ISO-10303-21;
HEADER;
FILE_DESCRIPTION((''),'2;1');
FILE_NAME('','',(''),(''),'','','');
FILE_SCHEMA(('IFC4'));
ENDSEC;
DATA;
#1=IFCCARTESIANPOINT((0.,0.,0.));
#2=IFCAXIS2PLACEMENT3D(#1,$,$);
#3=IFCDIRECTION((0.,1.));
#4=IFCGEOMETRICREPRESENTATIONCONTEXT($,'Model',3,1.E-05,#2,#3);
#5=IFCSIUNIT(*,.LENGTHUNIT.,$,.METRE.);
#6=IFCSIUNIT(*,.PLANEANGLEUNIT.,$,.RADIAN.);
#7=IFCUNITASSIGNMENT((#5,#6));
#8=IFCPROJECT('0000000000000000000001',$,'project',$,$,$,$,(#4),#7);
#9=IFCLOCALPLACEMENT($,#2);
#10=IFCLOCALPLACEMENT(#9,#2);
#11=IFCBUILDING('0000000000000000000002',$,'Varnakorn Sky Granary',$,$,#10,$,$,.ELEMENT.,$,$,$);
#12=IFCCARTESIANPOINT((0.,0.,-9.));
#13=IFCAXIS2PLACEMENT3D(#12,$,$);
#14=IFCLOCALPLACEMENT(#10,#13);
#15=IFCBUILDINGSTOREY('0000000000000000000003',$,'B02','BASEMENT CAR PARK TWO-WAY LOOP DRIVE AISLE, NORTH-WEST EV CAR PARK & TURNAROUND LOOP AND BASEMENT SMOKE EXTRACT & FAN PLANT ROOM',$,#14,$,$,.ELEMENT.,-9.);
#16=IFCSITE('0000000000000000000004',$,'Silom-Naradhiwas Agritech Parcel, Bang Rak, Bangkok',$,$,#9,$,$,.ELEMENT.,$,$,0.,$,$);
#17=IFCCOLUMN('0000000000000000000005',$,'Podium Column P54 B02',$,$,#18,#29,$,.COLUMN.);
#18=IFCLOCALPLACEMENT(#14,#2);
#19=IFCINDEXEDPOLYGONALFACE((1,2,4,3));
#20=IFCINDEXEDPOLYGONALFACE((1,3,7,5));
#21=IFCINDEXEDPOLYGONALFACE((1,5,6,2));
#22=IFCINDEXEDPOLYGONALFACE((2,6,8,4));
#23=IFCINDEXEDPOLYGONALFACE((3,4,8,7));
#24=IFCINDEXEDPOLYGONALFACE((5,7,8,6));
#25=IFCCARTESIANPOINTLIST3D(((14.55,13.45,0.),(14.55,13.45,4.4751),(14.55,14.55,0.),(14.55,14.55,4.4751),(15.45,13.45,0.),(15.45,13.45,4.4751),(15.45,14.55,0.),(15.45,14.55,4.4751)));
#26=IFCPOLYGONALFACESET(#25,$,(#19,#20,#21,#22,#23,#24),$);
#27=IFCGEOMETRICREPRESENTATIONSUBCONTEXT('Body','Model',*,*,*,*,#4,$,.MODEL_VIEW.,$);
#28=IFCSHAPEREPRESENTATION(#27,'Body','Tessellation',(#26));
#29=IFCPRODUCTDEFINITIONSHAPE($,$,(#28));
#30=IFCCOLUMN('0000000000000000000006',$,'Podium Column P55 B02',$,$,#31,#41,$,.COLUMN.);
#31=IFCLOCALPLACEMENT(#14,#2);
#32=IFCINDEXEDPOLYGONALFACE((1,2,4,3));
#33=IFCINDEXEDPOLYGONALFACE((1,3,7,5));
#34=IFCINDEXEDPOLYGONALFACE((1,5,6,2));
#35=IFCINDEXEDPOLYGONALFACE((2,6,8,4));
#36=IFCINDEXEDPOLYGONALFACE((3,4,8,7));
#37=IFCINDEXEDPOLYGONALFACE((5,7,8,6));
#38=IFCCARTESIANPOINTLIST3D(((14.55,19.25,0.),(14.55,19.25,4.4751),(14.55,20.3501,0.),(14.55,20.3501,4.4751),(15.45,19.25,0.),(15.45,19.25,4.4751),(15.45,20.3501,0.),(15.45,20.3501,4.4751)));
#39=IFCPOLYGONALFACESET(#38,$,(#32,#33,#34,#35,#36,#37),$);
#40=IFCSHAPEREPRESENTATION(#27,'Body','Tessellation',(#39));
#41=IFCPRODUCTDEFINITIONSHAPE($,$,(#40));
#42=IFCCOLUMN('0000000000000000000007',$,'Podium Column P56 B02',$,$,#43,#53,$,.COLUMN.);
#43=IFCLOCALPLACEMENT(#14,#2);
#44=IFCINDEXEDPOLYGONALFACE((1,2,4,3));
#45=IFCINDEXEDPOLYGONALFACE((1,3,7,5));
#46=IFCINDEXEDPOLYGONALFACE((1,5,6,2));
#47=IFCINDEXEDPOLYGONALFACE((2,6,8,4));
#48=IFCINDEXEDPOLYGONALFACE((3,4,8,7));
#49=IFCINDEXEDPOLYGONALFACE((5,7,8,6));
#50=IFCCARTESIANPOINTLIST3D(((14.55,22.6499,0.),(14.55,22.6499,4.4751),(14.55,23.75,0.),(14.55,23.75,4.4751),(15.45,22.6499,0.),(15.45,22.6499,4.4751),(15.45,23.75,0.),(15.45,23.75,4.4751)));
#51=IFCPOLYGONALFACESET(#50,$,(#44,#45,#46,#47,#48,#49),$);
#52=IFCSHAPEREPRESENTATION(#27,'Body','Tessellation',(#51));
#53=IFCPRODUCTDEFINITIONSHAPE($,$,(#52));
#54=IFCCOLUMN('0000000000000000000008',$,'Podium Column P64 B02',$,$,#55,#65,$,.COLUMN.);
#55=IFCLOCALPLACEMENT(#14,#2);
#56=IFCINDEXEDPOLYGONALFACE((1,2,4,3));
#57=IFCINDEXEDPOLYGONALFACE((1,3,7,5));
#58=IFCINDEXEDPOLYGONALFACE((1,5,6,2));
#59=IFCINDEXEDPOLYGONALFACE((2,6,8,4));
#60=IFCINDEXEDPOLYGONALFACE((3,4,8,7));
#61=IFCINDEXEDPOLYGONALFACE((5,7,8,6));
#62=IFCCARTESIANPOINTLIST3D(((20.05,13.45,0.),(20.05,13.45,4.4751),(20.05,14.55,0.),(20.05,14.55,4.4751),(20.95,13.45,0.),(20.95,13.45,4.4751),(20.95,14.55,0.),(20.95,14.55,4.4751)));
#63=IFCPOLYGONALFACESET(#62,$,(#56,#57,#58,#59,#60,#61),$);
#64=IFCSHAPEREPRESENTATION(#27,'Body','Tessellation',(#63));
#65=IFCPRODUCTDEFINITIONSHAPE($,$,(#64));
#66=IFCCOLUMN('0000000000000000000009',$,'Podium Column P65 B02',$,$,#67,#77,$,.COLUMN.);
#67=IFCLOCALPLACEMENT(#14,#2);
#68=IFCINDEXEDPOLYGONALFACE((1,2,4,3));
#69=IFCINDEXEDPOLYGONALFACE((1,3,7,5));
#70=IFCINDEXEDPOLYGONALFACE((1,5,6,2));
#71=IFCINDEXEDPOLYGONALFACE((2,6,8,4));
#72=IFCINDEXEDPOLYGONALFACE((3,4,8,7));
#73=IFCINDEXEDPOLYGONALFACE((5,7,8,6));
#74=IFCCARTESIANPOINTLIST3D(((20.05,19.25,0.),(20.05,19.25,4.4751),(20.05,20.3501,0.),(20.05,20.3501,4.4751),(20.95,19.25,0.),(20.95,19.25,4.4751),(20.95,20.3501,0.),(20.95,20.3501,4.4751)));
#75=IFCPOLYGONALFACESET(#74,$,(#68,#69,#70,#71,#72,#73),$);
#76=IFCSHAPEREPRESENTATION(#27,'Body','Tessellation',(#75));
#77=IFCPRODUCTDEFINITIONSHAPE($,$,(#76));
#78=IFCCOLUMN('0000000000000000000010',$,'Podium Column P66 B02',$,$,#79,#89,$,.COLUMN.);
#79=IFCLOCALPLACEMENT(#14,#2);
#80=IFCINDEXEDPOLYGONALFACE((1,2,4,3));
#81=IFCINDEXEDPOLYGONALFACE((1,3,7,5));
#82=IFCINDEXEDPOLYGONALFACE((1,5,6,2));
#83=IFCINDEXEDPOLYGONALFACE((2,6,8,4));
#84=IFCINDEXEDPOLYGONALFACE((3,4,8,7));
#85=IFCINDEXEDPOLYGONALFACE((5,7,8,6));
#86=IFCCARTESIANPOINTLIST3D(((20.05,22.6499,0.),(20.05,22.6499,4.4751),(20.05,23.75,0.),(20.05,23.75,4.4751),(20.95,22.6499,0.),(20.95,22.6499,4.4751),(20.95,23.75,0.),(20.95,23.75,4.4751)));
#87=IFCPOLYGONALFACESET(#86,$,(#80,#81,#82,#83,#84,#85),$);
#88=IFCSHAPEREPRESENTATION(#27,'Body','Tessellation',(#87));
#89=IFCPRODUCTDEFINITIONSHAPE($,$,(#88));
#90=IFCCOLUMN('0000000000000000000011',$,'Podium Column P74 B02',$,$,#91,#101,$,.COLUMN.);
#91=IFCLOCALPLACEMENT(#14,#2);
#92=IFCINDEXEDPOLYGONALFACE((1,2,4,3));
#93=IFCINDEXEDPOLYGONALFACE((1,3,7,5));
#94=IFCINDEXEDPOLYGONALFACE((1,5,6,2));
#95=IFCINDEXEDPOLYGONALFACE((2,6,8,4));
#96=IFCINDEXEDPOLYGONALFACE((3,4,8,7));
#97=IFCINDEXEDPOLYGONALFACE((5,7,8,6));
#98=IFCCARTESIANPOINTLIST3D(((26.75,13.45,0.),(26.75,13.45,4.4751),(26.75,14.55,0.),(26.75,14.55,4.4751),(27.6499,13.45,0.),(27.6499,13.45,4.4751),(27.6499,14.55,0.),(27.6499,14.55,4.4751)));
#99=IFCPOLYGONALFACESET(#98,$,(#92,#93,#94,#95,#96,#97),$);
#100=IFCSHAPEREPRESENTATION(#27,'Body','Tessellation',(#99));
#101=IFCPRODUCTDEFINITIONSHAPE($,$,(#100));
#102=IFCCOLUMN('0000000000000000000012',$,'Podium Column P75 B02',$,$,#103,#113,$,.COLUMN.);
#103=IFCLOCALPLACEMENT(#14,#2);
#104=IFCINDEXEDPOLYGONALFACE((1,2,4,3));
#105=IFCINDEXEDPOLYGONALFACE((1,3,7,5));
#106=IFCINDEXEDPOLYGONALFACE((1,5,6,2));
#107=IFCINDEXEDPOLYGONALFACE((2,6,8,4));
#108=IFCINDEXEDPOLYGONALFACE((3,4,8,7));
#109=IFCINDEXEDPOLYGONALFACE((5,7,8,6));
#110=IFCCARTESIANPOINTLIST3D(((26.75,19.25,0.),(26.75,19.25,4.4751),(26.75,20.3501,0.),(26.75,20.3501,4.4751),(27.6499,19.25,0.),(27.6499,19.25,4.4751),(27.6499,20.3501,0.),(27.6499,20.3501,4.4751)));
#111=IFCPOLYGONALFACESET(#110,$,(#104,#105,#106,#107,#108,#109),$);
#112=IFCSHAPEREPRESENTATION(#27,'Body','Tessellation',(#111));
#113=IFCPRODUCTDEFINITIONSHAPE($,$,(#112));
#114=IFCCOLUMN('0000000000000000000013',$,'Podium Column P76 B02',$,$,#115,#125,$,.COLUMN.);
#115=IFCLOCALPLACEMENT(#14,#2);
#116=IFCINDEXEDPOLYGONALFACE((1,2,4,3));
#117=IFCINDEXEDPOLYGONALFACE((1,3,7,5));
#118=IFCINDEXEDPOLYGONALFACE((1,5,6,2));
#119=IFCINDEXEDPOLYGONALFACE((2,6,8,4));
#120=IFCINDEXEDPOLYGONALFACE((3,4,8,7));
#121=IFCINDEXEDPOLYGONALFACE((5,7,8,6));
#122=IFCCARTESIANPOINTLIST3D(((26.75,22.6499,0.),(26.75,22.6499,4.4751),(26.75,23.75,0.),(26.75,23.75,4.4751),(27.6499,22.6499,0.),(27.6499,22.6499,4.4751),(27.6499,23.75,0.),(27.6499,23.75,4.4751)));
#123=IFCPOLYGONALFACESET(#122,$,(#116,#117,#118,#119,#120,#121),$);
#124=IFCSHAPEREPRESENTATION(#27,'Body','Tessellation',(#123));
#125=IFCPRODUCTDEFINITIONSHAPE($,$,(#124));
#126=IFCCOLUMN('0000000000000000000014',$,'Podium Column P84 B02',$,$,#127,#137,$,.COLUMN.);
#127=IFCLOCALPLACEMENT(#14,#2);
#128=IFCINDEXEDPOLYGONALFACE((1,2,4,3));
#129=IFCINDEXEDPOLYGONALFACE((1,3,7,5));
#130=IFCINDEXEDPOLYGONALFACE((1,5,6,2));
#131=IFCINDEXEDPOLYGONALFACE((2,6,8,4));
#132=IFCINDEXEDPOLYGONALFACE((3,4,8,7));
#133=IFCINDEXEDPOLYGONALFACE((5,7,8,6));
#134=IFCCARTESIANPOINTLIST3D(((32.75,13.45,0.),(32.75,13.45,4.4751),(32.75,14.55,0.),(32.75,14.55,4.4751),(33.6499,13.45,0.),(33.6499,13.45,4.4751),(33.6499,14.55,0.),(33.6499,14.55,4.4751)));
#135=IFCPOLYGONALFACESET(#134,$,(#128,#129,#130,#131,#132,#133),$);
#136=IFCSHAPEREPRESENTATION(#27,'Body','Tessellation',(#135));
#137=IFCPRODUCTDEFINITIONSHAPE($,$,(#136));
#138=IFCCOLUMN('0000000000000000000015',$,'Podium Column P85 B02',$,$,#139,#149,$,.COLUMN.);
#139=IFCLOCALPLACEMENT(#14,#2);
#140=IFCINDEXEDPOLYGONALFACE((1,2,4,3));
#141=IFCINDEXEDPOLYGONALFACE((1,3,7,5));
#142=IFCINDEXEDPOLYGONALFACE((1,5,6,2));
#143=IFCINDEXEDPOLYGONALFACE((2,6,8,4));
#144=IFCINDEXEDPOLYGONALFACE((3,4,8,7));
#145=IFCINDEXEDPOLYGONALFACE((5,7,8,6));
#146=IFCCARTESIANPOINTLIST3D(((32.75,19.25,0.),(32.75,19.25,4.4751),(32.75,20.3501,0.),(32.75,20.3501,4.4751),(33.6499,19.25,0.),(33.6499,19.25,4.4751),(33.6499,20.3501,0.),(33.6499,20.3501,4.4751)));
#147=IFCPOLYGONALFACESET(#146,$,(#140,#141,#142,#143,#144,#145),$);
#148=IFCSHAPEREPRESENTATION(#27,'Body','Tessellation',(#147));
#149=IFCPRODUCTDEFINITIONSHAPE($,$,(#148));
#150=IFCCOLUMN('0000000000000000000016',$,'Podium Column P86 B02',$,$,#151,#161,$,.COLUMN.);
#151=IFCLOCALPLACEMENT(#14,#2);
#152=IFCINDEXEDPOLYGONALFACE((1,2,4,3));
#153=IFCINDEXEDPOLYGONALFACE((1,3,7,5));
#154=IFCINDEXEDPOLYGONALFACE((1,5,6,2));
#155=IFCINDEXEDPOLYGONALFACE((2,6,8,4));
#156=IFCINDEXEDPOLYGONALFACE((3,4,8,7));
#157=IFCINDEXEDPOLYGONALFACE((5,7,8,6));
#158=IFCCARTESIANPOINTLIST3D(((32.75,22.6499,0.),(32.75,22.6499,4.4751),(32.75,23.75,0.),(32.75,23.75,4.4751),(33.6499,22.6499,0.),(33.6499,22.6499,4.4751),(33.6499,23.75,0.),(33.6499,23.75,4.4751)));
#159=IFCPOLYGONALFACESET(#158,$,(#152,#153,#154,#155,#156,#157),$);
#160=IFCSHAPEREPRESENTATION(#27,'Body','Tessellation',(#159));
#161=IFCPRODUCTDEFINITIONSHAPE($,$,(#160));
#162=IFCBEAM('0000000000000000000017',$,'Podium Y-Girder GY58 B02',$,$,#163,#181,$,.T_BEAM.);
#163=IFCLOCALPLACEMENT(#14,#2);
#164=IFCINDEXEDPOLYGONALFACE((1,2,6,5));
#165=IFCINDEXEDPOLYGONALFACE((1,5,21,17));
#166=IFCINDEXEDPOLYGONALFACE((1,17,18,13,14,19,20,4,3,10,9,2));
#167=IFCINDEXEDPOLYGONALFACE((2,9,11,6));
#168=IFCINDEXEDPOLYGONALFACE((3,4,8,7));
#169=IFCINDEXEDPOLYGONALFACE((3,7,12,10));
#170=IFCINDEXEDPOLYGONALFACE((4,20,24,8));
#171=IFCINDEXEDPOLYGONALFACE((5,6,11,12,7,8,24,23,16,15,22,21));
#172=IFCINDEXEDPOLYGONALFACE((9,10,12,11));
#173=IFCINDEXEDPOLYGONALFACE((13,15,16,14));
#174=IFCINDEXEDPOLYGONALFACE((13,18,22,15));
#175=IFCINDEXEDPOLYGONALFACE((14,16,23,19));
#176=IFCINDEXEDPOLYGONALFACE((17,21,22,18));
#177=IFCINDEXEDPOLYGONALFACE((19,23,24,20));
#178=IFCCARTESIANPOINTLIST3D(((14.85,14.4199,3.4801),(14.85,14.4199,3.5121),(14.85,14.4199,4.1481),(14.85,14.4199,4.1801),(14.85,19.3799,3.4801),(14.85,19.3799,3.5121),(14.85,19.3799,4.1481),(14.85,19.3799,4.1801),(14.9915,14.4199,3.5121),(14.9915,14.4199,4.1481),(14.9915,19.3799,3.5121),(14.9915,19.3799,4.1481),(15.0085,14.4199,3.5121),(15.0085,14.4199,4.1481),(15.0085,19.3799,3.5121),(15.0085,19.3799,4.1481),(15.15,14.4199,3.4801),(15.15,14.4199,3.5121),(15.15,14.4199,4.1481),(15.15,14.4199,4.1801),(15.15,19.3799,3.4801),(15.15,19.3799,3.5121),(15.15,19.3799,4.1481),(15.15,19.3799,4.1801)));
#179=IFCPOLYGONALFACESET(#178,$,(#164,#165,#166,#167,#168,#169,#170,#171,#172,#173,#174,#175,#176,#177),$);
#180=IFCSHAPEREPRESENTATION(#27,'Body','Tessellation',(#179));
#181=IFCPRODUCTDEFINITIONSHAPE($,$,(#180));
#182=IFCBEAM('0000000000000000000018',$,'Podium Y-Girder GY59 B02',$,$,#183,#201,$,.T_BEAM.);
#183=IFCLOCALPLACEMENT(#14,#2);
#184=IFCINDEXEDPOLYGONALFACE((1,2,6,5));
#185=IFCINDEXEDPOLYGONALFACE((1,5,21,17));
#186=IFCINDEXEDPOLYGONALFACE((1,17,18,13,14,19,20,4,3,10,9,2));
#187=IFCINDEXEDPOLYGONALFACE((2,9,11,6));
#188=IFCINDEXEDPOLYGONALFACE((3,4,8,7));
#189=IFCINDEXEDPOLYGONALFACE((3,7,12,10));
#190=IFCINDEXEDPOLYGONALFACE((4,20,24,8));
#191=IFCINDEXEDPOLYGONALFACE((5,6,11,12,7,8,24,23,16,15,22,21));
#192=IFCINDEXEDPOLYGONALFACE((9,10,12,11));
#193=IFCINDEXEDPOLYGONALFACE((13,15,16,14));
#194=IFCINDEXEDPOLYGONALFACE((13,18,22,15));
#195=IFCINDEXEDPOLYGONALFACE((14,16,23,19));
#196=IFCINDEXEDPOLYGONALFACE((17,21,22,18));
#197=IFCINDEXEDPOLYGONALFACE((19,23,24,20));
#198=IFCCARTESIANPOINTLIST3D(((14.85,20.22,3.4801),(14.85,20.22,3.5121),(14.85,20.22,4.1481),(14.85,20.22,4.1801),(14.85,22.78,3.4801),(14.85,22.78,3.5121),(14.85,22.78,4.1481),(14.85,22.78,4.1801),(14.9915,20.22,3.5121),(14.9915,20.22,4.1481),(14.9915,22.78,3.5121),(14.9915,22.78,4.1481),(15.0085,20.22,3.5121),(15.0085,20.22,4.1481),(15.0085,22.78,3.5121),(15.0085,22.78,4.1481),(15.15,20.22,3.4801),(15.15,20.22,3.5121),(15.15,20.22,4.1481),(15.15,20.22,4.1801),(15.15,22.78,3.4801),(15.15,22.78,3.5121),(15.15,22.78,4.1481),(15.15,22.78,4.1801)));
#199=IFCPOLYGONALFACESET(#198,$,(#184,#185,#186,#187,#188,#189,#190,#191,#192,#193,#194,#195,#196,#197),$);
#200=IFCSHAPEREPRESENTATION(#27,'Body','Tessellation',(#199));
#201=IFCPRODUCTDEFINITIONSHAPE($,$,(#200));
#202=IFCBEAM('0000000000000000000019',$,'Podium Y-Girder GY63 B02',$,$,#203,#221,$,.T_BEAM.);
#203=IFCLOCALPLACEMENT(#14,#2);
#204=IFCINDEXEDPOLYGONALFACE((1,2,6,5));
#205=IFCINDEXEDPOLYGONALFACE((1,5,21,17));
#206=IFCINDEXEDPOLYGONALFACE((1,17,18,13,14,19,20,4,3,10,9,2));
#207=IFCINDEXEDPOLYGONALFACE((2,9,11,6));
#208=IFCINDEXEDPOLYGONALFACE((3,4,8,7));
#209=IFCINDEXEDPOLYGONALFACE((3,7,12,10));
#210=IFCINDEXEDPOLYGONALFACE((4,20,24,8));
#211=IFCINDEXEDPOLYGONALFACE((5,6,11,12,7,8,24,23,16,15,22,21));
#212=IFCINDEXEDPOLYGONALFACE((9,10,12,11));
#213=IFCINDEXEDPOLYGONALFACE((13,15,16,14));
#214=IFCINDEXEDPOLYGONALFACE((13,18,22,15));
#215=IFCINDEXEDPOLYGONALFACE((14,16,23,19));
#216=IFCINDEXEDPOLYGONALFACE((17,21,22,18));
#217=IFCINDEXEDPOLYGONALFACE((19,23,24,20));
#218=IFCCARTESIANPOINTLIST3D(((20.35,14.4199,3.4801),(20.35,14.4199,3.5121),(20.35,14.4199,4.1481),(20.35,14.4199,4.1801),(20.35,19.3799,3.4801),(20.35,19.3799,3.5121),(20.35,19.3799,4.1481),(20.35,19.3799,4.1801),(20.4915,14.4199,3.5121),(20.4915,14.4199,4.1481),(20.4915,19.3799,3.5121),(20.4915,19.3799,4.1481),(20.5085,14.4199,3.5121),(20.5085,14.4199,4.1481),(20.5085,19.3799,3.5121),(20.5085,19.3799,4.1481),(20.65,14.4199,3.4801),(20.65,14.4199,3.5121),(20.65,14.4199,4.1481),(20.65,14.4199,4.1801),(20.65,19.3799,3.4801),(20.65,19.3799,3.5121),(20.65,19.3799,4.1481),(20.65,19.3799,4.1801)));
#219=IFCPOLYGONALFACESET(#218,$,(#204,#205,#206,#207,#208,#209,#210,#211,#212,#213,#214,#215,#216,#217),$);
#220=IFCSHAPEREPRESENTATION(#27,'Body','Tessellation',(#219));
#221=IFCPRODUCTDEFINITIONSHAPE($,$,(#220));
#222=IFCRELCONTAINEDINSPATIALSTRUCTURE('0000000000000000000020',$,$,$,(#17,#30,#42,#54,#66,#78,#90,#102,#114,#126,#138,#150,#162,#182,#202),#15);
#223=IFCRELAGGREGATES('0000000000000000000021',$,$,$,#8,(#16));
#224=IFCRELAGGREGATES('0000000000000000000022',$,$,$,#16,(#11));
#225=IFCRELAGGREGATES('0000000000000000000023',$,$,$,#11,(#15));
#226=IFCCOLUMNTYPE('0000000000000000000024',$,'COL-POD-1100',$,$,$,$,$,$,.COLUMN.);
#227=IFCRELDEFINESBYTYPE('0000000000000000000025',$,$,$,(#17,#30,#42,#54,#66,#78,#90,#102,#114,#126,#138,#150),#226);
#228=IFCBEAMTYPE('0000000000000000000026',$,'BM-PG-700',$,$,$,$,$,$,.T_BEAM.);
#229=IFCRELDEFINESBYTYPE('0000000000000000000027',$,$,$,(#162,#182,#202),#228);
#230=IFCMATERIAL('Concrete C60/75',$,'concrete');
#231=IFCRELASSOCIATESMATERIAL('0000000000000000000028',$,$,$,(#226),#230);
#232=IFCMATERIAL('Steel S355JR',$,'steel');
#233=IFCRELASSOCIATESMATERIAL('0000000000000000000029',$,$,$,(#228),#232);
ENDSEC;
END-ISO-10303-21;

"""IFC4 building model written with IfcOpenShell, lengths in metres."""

from ifc_helpers import new_model, si_unit, direction, frame, origin, origin_2d, place, context, subcontext, project, spatial, rectangle, i_section, extrude, material, material_profile, profile_set, type_object, element, save


model = new_model("IFC4")

# Units and contexts
model_context = context("Model", 3, precision=1e-05, world=origin(), true_north=direction((0.0, 1.0)))
body_context = subcontext(model_context, "Body", "Model", "MODEL_VIEW")
ifc_project = project(units=[si_unit("LENGTHUNIT", "METRE"), si_unit("PLANEANGLEUNIT", "RADIAN")], contexts=[model_context])

# Site, building, storey
site_placement = place(None, origin())
site = spatial("IfcSite", under=ifc_project, at=site_placement, Name="Silom-Naradhiwas Agritech Parcel, Bang Rak, Bangkok", CompositionType="ELEMENT", RefElevation=0.0)
building_placement = place(site_placement, origin())
building = spatial("IfcBuilding", under=site, at=building_placement, Name="Varnakorn Sky Granary", CompositionType="ELEMENT")
storey_placement = place(building_placement, frame((0.0, 0.0, -9.0)))
storey = spatial("IfcBuildingStorey", under=building, at=storey_placement, Name="B02", Description="BASEMENT CAR PARK TWO-WAY LOOP DRIVE AISLE, NORTH-WEST EV CAR PARK & TURNAROUND LOOP AND BASEMENT SMOKE EXTRACT & FAN PLANT ROOM", CompositionType="ELEMENT", Elevation=-9.0)

# Columns
ifc_material_1 = material(Name="Concrete C60/75", Category="concrete")
ifc_material_profile_1 = material_profile(ifc_material_1, rectangle(XDim=0.8999, YDim=1.1001, at=origin_2d()), Name="RC 900x1100")
ifc_profile_set_1 = profile_set([ifc_material_profile_1], Name="Concrete C60/75")
column_type = type_object("IfcColumnType", Name="COL-POD-1100", PredefinedType="COLUMN", material=ifc_profile_set_1)
for number, where, z_axis, x_axis, name in (
    (1, (15.0, 14.0, 0.0), (0.0, 0.0, 1.0), (1.0, 0.0, 0.0), "Podium Column P54 B02"),
    (2, (15.0, 19.8, 0.0), (0.0, 0.0, 1.0), (1.0, 0.0, 0.0), "Podium Column P55 B02"),
    (3, (15.0, 23.2, 0.0), (0.0, 0.0, 1.0), (1.0, 0.0, 0.0), "Podium Column P56 B02"),
    (4, (20.5, 14.0, 0.0), (0.0, 0.0, 1.0), (1.0, 0.0, 0.0), "Podium Column P64 B02"),
    (5, (20.5, 19.8, 0.0), (0.0, 0.0, 1.0), (1.0, 0.0, 0.0), "Podium Column P65 B02"),
    (6, (20.5, 23.2, 0.0), (0.0, 0.0, 1.0), (1.0, 0.0, 0.0), "Podium Column P66 B02"),
    (7, (27.2, 14.0, 0.0), (0.0, 0.0, 1.0), (1.0, 0.0, 0.0), "Podium Column P74 B02"),
    (8, (27.2, 19.8, 0.0), (0.0, 0.0, 1.0), (1.0, 0.0, 0.0), "Podium Column P75 B02"),
    (9, (27.2, 23.2, 0.0), (0.0, 0.0, 1.0), (1.0, 0.0, 0.0), "Podium Column P76 B02"),
    (10, (33.2, 14.0, 0.0), (0.0, 0.0, 1.0), (1.0, 0.0, 0.0), "Podium Column P84 B02"),
    (11, (33.2, 19.8, 0.0), (0.0, 0.0, 1.0), (1.0, 0.0, 0.0), "Podium Column P85 B02"),
    (12, (33.2, 23.2, 0.0), (0.0, 0.0, 1.0), (1.0, 0.0, 0.0), "Podium Column P86 B02"),
):
    element("IfcColumn", number, at=place(storey_placement, frame(where, z_axis=z_axis, x_axis=x_axis)), inside=storey, type_object=column_type, Name=name, PredefinedType="COLUMN", context=body_context, shape_type="SweptSolid", body=[
        extrude(rectangle(XDim=0.8999, YDim=1.1001, at=origin_2d()), origin(), (0.0, 0.0, 1.0), 4.4751),
    ])

# Beams
ifc_material_2 = material(Name="Steel S355JR", Category="steel")
ifc_material_profile_2 = material_profile(ifc_material_2, i_section(OverallWidth=0.3, OverallDepth=0.7, WebThickness=0.0171, FlangeThickness=0.032, at=origin_2d()), Name="HE 700 B")
ifc_profile_set_2 = profile_set([ifc_material_profile_2], Name="Steel S355JR")
beam_type_1 = type_object("IfcBeamType", Name="BM-PG-700", PredefinedType="T_BEAM", material=ifc_profile_set_2)
beam_1_placement = place(storey_placement, frame((15.0, 14.4199, 3.8301), z_axis=(0.0, 1.0, 0.0), x_axis=(-1.0, 0.0, 0.0)))
element("IfcBeam", 13, at=beam_1_placement, inside=storey, type_object=beam_type_1, Name="Podium Y-Girder GY58 B02", PredefinedType="T_BEAM", context=body_context, shape_type="SweptSolid", body=[
    extrude(i_section(OverallWidth=0.3, OverallDepth=0.7, WebThickness=0.0171, FlangeThickness=0.032, at=origin_2d()), origin(), (0.0, 0.0, 1.0), 4.96),
])
beam_2_placement = place(storey_placement, frame((15.0, 20.22, 3.8301), z_axis=(0.0, 1.0, 0.0), x_axis=(-1.0, 0.0, 0.0)))
element("IfcBeam", 14, at=beam_2_placement, inside=storey, type_object=beam_type_1, Name="Podium Y-Girder GY59 B02", PredefinedType="T_BEAM", context=body_context, shape_type="SweptSolid", body=[
    extrude(i_section(OverallWidth=0.3, OverallDepth=0.7, WebThickness=0.0171, FlangeThickness=0.032, at=origin_2d()), origin(), (0.0, 0.0, 1.0), 2.5601),
])
beam_3_placement = place(storey_placement, frame((20.5, 14.4199, 3.8301), z_axis=(0.0, 1.0, 0.0), x_axis=(-1.0, 0.0, 0.0)))
element("IfcBeam", 15, at=beam_3_placement, inside=storey, type_object=beam_type_1, Name="Podium Y-Girder GY63 B02", PredefinedType="T_BEAM", context=body_context, shape_type="SweptSolid", body=[
    extrude(i_section(OverallWidth=0.3, OverallDepth=0.7, WebThickness=0.0171, FlangeThickness=0.032, at=origin_2d()), origin(), (0.0, 0.0, 1.0), 4.96),
])

save(model, "model.ifc")
